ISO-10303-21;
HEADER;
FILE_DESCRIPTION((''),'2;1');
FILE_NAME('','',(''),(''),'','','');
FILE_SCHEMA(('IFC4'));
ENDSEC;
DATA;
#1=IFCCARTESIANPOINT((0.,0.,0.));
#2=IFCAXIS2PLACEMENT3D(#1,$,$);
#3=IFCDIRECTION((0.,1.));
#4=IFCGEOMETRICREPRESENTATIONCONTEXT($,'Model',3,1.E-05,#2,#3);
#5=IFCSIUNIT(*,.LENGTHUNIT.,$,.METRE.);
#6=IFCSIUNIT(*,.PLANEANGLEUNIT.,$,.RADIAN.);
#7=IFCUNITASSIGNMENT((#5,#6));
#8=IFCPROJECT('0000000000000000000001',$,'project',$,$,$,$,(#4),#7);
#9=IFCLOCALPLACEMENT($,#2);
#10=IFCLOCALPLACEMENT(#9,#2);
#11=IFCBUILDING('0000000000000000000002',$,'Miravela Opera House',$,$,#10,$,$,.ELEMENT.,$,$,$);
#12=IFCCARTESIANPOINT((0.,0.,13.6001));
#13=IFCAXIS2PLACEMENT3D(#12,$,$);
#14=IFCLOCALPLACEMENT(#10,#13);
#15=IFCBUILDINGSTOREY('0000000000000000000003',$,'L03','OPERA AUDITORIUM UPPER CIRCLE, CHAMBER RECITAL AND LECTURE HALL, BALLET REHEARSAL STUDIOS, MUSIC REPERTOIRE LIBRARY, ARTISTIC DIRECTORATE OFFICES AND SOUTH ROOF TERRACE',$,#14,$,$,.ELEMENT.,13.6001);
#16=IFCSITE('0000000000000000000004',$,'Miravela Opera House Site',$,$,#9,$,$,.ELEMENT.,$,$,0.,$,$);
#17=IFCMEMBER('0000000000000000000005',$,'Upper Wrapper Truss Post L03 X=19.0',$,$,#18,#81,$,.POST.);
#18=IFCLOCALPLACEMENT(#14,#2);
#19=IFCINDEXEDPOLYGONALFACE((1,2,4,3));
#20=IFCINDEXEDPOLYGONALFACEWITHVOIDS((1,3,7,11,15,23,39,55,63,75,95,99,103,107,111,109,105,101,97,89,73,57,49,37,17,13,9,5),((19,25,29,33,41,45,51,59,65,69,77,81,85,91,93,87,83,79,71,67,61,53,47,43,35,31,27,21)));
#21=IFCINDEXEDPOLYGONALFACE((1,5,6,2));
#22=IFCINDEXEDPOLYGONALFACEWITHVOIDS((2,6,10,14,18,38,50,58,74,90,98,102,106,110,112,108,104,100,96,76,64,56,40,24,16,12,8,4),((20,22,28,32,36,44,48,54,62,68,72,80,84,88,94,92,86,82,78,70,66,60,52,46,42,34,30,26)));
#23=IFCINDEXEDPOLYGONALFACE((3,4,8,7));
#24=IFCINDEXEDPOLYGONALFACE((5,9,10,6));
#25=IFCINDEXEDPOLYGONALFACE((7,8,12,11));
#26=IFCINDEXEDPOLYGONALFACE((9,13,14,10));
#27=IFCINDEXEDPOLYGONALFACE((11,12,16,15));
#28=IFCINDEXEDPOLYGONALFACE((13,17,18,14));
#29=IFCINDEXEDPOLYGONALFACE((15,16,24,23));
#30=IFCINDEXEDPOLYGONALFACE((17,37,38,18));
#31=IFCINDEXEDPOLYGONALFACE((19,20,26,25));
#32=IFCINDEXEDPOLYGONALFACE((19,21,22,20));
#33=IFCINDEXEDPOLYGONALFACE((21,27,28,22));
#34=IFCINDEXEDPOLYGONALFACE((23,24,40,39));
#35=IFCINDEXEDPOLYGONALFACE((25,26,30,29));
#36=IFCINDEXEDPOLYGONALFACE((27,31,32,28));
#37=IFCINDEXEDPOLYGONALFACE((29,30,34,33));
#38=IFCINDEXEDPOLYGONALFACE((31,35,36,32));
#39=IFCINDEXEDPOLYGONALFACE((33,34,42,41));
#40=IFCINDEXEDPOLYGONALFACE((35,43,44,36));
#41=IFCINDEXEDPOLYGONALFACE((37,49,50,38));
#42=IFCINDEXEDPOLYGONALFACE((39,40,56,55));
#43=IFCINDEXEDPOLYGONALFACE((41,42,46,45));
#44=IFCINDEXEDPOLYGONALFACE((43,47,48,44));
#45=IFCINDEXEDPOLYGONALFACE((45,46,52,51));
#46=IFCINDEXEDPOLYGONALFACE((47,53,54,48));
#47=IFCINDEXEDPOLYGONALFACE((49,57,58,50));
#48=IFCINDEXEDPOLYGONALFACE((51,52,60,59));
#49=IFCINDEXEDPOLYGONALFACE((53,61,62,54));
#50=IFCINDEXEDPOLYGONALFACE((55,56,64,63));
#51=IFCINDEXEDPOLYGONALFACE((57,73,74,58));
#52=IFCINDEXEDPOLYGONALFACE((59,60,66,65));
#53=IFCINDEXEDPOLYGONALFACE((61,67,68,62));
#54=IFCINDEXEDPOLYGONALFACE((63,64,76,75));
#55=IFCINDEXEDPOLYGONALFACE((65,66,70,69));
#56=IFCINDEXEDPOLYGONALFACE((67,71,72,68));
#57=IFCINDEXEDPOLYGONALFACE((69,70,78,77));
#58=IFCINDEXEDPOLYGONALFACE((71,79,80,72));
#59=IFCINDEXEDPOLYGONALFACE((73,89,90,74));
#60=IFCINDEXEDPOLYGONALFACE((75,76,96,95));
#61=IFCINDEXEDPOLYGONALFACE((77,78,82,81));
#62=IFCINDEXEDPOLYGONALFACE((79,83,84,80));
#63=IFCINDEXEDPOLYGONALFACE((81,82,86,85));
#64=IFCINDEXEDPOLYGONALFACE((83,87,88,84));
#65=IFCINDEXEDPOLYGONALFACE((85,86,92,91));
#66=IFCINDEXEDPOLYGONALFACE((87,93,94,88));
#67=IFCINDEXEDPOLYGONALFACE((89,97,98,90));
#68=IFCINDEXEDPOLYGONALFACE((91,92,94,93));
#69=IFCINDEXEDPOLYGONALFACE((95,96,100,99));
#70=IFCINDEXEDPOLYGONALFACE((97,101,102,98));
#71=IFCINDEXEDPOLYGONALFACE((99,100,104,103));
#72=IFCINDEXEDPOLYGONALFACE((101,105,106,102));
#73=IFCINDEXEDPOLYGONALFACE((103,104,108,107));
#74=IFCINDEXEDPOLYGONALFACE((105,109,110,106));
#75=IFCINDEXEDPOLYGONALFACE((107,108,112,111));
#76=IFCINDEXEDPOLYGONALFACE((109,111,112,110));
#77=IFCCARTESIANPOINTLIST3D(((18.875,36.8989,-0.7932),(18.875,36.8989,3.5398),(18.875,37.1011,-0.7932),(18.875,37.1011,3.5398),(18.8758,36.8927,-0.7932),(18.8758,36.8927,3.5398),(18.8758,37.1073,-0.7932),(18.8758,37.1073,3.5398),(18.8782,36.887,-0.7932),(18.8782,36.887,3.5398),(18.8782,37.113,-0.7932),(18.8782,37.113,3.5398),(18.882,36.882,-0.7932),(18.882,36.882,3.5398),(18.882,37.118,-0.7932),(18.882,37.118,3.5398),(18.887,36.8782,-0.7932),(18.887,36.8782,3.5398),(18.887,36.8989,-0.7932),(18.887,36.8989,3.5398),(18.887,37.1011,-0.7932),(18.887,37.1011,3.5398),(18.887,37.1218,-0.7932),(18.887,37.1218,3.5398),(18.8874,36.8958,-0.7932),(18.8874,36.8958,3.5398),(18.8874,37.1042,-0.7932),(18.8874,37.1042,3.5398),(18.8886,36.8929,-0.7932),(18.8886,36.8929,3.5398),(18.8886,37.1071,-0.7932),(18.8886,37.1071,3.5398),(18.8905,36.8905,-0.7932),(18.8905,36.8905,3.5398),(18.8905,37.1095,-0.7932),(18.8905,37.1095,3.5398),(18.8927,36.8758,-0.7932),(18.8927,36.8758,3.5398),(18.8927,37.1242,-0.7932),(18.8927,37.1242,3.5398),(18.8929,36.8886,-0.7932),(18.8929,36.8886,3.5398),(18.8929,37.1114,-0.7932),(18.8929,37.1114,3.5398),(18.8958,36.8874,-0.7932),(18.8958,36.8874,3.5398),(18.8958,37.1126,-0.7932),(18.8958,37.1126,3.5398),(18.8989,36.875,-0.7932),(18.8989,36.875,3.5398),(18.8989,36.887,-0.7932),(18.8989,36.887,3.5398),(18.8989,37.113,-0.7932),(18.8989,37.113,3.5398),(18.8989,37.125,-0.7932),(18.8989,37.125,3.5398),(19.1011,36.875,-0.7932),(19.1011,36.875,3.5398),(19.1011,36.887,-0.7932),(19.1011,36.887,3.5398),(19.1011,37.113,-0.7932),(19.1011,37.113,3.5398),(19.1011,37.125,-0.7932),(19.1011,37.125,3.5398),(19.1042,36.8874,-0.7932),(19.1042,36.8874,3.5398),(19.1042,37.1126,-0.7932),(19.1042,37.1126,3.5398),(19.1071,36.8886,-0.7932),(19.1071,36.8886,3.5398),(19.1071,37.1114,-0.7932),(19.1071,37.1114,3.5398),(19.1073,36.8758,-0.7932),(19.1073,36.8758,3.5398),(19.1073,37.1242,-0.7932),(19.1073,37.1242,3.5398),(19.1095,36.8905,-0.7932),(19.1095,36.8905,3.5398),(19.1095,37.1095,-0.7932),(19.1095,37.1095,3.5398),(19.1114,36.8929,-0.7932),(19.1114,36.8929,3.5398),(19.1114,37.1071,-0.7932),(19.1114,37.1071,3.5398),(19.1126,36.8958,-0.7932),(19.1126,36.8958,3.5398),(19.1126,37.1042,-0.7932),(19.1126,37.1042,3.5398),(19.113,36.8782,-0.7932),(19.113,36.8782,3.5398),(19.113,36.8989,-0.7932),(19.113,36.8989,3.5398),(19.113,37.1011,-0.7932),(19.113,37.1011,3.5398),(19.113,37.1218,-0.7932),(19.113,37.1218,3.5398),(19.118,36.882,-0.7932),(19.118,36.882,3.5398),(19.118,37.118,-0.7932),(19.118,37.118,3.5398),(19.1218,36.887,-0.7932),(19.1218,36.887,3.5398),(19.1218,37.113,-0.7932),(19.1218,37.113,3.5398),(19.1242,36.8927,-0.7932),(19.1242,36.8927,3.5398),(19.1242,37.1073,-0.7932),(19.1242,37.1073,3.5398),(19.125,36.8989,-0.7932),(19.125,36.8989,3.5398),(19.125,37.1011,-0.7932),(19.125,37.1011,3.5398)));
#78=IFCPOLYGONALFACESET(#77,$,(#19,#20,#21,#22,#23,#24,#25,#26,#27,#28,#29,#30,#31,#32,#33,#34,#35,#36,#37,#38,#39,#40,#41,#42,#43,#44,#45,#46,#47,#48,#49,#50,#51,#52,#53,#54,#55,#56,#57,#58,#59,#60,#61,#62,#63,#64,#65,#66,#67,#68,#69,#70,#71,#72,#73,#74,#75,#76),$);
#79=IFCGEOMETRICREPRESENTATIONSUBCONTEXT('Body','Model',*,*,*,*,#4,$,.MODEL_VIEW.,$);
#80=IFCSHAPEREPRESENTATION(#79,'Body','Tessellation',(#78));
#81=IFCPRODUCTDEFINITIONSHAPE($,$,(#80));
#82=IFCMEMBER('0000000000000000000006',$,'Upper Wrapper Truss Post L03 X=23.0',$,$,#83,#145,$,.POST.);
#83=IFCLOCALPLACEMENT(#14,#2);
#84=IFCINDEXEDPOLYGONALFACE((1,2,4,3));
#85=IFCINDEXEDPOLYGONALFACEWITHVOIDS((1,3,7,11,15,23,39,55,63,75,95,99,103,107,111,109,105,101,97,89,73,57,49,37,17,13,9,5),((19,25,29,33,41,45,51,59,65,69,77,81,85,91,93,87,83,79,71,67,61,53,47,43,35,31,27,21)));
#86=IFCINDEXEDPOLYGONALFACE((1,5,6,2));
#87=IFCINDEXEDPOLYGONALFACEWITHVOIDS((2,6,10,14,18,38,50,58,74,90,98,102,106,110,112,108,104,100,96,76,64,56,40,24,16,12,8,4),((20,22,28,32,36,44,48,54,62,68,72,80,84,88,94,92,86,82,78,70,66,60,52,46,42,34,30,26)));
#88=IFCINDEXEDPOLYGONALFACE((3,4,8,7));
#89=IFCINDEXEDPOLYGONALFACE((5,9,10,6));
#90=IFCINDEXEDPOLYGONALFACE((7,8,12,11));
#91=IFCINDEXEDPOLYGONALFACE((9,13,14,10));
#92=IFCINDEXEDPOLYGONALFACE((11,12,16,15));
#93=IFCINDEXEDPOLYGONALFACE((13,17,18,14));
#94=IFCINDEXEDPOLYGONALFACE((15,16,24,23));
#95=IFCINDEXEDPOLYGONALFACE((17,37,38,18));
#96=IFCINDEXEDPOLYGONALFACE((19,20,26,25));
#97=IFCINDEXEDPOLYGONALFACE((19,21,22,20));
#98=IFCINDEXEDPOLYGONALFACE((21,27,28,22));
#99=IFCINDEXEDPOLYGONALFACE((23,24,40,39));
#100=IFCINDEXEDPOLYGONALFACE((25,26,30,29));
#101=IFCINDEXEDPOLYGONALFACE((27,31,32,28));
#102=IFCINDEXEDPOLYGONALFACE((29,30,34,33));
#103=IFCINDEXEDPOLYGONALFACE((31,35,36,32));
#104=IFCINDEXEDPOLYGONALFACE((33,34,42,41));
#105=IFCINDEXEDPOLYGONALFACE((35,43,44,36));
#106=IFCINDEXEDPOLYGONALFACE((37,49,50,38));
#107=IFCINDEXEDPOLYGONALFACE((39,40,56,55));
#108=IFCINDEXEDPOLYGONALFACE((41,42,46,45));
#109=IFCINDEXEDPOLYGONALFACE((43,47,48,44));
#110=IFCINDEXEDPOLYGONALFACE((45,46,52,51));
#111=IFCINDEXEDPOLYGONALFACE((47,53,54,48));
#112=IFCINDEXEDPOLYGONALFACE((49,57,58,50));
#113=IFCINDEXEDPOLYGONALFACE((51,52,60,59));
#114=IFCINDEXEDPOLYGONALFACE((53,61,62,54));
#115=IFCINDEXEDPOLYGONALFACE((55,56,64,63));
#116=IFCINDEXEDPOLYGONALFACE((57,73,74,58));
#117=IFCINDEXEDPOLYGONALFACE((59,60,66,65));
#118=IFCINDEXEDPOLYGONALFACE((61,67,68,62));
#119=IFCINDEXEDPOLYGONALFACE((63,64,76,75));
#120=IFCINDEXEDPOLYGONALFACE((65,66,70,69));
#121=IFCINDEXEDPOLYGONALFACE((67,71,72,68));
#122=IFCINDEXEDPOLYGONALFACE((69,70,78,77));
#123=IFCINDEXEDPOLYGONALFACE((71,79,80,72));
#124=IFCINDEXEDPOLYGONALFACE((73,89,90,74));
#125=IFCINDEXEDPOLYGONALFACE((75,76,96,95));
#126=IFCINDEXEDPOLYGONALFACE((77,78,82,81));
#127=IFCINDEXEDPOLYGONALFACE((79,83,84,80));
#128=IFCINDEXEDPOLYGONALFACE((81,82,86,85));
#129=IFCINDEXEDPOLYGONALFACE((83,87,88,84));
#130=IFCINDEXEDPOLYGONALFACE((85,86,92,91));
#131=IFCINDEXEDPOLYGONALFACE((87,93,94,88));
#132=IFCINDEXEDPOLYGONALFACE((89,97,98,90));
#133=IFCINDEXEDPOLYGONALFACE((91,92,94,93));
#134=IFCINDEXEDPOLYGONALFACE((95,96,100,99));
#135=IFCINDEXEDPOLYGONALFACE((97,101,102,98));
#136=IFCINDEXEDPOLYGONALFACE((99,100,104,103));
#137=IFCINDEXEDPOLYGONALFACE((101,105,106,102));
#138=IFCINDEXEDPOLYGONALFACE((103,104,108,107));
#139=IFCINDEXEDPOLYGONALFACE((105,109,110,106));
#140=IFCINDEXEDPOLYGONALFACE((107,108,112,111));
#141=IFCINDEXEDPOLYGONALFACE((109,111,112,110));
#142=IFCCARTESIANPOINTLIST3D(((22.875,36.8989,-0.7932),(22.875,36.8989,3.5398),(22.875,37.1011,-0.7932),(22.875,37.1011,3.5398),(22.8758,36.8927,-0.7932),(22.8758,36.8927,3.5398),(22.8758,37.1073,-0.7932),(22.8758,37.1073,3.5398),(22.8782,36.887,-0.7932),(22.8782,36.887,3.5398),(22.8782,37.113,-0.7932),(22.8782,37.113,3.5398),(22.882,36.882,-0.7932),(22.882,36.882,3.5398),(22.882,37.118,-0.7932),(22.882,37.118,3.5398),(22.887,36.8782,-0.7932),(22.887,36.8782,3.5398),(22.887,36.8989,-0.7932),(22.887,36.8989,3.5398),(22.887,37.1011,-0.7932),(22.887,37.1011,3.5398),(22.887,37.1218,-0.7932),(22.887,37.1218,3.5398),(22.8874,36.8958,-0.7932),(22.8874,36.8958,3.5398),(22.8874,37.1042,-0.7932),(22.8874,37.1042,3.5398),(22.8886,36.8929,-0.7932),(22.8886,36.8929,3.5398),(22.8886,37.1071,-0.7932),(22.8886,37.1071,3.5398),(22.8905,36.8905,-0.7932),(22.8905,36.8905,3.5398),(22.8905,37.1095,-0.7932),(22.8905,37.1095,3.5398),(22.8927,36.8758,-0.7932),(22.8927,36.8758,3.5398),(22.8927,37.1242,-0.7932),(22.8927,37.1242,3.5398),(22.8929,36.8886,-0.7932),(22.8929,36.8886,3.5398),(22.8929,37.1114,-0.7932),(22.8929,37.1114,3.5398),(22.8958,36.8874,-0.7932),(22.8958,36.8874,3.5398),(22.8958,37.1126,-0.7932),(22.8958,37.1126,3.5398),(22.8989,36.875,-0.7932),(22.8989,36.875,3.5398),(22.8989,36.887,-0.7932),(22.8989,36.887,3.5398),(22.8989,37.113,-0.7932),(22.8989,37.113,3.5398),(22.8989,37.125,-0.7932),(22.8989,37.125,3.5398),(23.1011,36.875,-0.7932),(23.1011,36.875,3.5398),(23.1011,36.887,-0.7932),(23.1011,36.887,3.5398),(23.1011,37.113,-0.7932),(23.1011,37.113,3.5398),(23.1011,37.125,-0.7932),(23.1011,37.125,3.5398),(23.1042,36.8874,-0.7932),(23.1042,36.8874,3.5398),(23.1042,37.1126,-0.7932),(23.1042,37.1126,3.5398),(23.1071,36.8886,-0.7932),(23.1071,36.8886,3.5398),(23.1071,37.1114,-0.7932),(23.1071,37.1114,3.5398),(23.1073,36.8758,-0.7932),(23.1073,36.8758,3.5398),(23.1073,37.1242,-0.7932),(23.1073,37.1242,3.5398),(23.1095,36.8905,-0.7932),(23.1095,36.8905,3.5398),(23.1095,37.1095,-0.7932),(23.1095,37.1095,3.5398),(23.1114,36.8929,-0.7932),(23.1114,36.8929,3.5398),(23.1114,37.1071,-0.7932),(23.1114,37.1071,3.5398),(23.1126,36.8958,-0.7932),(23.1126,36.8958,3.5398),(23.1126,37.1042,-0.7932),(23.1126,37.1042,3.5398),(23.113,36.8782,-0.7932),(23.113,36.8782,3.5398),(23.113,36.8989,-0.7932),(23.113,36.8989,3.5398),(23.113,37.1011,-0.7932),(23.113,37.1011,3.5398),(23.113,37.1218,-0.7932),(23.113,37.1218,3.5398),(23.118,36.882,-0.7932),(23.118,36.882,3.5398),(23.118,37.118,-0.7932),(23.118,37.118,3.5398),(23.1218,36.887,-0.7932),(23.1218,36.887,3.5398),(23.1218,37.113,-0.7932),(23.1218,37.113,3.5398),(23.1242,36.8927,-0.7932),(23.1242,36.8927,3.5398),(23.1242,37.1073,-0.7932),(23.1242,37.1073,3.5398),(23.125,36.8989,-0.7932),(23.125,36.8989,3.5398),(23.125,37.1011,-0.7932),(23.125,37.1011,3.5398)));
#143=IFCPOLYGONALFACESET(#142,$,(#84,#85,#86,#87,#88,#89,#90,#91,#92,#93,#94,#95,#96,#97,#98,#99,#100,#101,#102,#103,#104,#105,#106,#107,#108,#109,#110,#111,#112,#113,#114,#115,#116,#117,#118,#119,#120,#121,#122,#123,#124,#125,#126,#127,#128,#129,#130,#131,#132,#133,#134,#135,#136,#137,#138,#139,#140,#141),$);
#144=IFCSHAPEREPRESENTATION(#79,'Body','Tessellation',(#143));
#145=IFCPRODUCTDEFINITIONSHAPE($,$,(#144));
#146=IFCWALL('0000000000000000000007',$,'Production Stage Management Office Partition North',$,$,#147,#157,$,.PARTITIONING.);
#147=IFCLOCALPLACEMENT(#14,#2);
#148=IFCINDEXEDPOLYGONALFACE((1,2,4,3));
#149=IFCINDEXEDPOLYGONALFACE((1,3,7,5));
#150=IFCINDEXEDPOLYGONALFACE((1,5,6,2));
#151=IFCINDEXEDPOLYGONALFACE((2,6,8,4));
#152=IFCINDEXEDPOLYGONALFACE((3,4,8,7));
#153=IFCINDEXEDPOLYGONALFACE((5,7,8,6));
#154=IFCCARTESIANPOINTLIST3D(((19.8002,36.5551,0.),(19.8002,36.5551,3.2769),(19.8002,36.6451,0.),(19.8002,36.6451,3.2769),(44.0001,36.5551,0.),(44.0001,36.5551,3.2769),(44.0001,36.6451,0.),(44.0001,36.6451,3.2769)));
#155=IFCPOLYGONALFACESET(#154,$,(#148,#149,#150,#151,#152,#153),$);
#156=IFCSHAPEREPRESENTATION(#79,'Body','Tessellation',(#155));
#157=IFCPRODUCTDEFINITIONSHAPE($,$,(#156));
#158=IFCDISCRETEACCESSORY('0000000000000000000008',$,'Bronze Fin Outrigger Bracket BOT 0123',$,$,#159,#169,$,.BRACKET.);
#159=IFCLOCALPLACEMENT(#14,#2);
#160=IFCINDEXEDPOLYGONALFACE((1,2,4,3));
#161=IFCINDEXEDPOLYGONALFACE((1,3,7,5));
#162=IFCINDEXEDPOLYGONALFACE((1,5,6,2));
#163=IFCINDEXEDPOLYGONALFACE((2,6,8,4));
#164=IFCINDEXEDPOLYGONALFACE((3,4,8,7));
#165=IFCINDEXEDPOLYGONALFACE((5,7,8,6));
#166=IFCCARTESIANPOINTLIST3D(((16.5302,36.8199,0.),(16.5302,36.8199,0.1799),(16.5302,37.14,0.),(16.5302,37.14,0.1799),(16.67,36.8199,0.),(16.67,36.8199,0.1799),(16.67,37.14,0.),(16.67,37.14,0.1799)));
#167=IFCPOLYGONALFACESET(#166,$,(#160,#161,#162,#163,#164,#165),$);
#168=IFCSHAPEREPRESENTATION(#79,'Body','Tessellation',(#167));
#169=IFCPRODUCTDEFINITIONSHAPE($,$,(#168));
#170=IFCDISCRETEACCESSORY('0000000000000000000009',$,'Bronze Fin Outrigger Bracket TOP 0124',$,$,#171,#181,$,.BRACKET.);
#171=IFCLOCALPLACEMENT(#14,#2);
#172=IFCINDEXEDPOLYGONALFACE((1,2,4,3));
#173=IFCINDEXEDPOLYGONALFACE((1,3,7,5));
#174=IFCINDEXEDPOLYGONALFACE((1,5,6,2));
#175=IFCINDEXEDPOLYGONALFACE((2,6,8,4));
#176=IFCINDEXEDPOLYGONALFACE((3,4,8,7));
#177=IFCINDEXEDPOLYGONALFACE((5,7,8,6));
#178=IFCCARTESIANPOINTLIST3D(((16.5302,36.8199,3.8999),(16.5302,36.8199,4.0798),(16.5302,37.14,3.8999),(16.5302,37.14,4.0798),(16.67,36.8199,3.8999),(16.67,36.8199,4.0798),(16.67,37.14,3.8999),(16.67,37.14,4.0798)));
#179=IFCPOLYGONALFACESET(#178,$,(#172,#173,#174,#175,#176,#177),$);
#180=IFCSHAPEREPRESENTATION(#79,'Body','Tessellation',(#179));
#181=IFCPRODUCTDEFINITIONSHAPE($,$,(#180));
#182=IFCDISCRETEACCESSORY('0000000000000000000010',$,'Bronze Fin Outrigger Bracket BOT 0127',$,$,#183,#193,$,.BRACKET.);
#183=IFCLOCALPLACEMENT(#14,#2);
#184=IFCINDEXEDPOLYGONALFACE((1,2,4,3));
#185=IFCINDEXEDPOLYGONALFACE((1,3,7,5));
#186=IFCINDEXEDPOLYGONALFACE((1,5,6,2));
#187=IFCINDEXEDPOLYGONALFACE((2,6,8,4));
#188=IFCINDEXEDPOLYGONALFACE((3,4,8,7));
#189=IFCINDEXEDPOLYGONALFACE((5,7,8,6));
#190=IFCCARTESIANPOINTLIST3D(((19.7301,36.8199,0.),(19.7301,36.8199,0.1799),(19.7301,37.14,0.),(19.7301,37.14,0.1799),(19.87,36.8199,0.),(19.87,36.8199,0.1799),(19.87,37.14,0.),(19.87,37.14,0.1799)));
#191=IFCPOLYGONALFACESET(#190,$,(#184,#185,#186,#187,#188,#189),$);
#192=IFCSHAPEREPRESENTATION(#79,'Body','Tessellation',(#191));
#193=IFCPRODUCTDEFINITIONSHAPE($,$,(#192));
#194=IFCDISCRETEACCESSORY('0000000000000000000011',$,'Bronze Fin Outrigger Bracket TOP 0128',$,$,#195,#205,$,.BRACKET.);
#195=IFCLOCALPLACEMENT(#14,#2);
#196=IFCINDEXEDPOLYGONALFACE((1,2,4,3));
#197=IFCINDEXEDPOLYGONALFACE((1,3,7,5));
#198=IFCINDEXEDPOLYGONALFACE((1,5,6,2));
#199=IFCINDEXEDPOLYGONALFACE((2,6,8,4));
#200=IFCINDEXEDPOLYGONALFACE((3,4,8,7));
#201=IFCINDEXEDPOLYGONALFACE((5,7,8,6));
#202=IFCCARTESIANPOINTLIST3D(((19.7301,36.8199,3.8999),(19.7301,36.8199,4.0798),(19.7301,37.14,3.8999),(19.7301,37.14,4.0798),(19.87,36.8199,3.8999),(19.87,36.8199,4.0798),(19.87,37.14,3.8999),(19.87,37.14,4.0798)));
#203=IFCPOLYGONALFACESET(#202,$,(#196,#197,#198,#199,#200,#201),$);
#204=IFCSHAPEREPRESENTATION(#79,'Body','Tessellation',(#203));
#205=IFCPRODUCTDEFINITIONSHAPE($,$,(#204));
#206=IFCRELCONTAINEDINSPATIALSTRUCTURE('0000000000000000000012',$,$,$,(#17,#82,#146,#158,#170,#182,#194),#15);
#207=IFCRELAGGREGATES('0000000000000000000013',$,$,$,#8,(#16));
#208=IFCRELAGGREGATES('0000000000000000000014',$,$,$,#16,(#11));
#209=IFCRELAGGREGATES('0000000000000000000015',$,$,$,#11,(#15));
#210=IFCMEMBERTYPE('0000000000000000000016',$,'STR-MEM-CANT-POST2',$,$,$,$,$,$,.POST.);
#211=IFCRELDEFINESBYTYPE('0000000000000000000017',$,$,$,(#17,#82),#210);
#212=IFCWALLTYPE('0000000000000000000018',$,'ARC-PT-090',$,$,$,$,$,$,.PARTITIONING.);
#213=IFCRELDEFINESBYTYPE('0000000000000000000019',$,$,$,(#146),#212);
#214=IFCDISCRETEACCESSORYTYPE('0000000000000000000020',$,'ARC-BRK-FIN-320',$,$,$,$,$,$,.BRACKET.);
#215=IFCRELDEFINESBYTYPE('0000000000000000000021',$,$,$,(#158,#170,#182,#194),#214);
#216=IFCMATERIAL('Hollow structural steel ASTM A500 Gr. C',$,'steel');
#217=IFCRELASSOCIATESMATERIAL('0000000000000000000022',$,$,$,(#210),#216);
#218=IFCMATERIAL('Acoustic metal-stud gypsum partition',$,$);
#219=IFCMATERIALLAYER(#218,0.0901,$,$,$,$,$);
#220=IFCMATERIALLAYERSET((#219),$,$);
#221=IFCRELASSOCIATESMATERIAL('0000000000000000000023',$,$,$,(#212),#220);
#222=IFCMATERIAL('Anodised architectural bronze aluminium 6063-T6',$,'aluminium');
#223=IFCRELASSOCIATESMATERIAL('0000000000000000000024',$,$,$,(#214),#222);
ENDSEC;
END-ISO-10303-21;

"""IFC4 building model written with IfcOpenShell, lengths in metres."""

from ifc_helpers import new_model, si_unit, direction, frame, frame_2d, origin, origin_2d, place, context, subcontext, project, spatial, rectangle, hollow_rectangle, extrude, material, layer, layer_set, material_profile, profile_set, type_object, element, save


model = new_model("IFC4")

# Units and contexts
model_context = context("Model", 3, precision=1e-05, world=origin(), true_north=direction((0.0, 1.0)))
body_context = subcontext(model_context, "Body", "Model", "MODEL_VIEW")
ifc_project = project(units=[si_unit("LENGTHUNIT", "METRE"), si_unit("PLANEANGLEUNIT", "RADIAN")], contexts=[model_context])

# Site, building, storey
site_placement = place(None, origin())
site = spatial("IfcSite", under=ifc_project, at=site_placement, Name="Miravela Opera House Site", CompositionType="ELEMENT", RefElevation=0.0)
building_placement = place(site_placement, origin())
building = spatial("IfcBuilding", under=site, at=building_placement, Name="Miravela Opera House", CompositionType="ELEMENT")
storey_placement = place(building_placement, frame((0.0, 0.0, 13.6001)))
storey = spatial("IfcBuildingStorey", under=building, at=storey_placement, Name="L03", Description="OPERA AUDITORIUM UPPER CIRCLE, CHAMBER RECITAL AND LECTURE HALL, BALLET REHEARSAL STUDIOS, MUSIC REPERTOIRE LIBRARY, ARTISTIC DIRECTORATE OFFICES AND SOUTH ROOF TERRACE", CompositionType="ELEMENT", Elevation=13.6001)

# Shared definitions
ifc_material_1 = material(Name="Anodised architectural bronze aluminium 6063-T6", Category="aluminium")

# Members
ifc_material_2 = material(Name="Hollow structural steel ASTM A500 Gr. C", Category="steel")
ifc_material_profile_1 = material_profile(ifc_material_2, hollow_rectangle(XDim=0.25, YDim=0.25, WallThickness=0.012, InnerFilletRadius=0.012, OuterFilletRadius=0.0239, at=origin_2d()), Name="HSS250X250X12")
ifc_profile_set_1 = profile_set([ifc_material_profile_1])
member_type_1 = type_object("IfcMemberType", Name="STR-MEM-CANT-POST2", PredefinedType="POST", material=ifc_profile_set_1)
for number, where, z_axis, x_axis, name in (
    (1, (19.0, 37.0, -0.7932), (0.0, 0.0, 1.0), (1.0, 0.0, 0.0), "Upper Wrapper Truss Post L03 X=19.0"),
    (2, (23.0, 37.0, -0.7932), (0.0, 0.0, 1.0), (1.0, 0.0, 0.0), "Upper Wrapper Truss Post L03 X=23.0"),
):
    element("IfcMember", number, at=place(storey_placement, frame(where, z_axis=z_axis, x_axis=x_axis)), inside=storey, type_object=member_type_1, Name=name, PredefinedType="POST", context=body_context, shape_type="SweptSolid", body=[
        extrude(hollow_rectangle(XDim=0.25, YDim=0.25, WallThickness=0.012, InnerFilletRadius=0.012, OuterFilletRadius=0.0239, at=origin_2d()), origin(), (0.0, 0.0, 1.0), 4.333),
    ])

# Wall
ifc_material_3 = material(Name="Acoustic metal-stud gypsum partition")
ifc_layer = layer(ifc_material_3, 0.0901)
ifc_layer_set = layer_set([ifc_layer])
wall_type = type_object("IfcWallType", Name="ARC-PT-090", PredefinedType="PARTITIONING", material=ifc_layer_set)
wall_placement = place(storey_placement, frame((19.8, 36.6001, 0.0), z_axis=(0.0, 0.0, 1.0), x_axis=(1.0, 0.0, 0.0)))
element("IfcWall", 3, at=wall_placement, inside=storey, type_object=wall_type, Name="Production Stage Management Office Partition North", PredefinedType="PARTITIONING", context=body_context, shape_type="SweptSolid", body=[
    extrude(rectangle(XDim=24.2, YDim=0.0901, at=frame_2d((12.1001, 0.0))), origin(), (0.0, 0.0, 1.0), 3.2769),
])

# Discrete accessories
discrete_accessory_type = type_object("IfcDiscreteAccessoryType", Name="ARC-BRK-FIN-320", PredefinedType="BRACKET", material=ifc_material_1)
for number, where, z_axis, x_axis, name in (
    (4, (16.6001, 36.98, 0.0), (0.0, 0.0, 1.0), (0.0, 1.0, 0.0), "Bronze Fin Outrigger Bracket BOT 0123"),
    (5, (16.6001, 36.98, 3.8999), (0.0, 0.0, 1.0), (0.0, 1.0, 0.0), "Bronze Fin Outrigger Bracket TOP 0124"),
    (6, (19.8, 36.98, 0.0), (0.0, 0.0, 1.0), (0.0, 1.0, 0.0), "Bronze Fin Outrigger Bracket BOT 0127"),
    (7, (19.8, 36.98, 3.8999), (0.0, 0.0, 1.0), (0.0, 1.0, 0.0), "Bronze Fin Outrigger Bracket TOP 0128"),
):
    element("IfcDiscreteAccessory", number, at=place(storey_placement, frame(where, z_axis=z_axis, x_axis=x_axis)), inside=storey, type_object=discrete_accessory_type, Name=name, PredefinedType="BRACKET", context=body_context, shape_type="SweptSolid", body=[
        extrude(rectangle(XDim=0.3201, YDim=0.1399, at=origin_2d()), origin(), (0.0, 0.0, 1.0), 0.1799),
    ])

save(model, "model.ifc")
